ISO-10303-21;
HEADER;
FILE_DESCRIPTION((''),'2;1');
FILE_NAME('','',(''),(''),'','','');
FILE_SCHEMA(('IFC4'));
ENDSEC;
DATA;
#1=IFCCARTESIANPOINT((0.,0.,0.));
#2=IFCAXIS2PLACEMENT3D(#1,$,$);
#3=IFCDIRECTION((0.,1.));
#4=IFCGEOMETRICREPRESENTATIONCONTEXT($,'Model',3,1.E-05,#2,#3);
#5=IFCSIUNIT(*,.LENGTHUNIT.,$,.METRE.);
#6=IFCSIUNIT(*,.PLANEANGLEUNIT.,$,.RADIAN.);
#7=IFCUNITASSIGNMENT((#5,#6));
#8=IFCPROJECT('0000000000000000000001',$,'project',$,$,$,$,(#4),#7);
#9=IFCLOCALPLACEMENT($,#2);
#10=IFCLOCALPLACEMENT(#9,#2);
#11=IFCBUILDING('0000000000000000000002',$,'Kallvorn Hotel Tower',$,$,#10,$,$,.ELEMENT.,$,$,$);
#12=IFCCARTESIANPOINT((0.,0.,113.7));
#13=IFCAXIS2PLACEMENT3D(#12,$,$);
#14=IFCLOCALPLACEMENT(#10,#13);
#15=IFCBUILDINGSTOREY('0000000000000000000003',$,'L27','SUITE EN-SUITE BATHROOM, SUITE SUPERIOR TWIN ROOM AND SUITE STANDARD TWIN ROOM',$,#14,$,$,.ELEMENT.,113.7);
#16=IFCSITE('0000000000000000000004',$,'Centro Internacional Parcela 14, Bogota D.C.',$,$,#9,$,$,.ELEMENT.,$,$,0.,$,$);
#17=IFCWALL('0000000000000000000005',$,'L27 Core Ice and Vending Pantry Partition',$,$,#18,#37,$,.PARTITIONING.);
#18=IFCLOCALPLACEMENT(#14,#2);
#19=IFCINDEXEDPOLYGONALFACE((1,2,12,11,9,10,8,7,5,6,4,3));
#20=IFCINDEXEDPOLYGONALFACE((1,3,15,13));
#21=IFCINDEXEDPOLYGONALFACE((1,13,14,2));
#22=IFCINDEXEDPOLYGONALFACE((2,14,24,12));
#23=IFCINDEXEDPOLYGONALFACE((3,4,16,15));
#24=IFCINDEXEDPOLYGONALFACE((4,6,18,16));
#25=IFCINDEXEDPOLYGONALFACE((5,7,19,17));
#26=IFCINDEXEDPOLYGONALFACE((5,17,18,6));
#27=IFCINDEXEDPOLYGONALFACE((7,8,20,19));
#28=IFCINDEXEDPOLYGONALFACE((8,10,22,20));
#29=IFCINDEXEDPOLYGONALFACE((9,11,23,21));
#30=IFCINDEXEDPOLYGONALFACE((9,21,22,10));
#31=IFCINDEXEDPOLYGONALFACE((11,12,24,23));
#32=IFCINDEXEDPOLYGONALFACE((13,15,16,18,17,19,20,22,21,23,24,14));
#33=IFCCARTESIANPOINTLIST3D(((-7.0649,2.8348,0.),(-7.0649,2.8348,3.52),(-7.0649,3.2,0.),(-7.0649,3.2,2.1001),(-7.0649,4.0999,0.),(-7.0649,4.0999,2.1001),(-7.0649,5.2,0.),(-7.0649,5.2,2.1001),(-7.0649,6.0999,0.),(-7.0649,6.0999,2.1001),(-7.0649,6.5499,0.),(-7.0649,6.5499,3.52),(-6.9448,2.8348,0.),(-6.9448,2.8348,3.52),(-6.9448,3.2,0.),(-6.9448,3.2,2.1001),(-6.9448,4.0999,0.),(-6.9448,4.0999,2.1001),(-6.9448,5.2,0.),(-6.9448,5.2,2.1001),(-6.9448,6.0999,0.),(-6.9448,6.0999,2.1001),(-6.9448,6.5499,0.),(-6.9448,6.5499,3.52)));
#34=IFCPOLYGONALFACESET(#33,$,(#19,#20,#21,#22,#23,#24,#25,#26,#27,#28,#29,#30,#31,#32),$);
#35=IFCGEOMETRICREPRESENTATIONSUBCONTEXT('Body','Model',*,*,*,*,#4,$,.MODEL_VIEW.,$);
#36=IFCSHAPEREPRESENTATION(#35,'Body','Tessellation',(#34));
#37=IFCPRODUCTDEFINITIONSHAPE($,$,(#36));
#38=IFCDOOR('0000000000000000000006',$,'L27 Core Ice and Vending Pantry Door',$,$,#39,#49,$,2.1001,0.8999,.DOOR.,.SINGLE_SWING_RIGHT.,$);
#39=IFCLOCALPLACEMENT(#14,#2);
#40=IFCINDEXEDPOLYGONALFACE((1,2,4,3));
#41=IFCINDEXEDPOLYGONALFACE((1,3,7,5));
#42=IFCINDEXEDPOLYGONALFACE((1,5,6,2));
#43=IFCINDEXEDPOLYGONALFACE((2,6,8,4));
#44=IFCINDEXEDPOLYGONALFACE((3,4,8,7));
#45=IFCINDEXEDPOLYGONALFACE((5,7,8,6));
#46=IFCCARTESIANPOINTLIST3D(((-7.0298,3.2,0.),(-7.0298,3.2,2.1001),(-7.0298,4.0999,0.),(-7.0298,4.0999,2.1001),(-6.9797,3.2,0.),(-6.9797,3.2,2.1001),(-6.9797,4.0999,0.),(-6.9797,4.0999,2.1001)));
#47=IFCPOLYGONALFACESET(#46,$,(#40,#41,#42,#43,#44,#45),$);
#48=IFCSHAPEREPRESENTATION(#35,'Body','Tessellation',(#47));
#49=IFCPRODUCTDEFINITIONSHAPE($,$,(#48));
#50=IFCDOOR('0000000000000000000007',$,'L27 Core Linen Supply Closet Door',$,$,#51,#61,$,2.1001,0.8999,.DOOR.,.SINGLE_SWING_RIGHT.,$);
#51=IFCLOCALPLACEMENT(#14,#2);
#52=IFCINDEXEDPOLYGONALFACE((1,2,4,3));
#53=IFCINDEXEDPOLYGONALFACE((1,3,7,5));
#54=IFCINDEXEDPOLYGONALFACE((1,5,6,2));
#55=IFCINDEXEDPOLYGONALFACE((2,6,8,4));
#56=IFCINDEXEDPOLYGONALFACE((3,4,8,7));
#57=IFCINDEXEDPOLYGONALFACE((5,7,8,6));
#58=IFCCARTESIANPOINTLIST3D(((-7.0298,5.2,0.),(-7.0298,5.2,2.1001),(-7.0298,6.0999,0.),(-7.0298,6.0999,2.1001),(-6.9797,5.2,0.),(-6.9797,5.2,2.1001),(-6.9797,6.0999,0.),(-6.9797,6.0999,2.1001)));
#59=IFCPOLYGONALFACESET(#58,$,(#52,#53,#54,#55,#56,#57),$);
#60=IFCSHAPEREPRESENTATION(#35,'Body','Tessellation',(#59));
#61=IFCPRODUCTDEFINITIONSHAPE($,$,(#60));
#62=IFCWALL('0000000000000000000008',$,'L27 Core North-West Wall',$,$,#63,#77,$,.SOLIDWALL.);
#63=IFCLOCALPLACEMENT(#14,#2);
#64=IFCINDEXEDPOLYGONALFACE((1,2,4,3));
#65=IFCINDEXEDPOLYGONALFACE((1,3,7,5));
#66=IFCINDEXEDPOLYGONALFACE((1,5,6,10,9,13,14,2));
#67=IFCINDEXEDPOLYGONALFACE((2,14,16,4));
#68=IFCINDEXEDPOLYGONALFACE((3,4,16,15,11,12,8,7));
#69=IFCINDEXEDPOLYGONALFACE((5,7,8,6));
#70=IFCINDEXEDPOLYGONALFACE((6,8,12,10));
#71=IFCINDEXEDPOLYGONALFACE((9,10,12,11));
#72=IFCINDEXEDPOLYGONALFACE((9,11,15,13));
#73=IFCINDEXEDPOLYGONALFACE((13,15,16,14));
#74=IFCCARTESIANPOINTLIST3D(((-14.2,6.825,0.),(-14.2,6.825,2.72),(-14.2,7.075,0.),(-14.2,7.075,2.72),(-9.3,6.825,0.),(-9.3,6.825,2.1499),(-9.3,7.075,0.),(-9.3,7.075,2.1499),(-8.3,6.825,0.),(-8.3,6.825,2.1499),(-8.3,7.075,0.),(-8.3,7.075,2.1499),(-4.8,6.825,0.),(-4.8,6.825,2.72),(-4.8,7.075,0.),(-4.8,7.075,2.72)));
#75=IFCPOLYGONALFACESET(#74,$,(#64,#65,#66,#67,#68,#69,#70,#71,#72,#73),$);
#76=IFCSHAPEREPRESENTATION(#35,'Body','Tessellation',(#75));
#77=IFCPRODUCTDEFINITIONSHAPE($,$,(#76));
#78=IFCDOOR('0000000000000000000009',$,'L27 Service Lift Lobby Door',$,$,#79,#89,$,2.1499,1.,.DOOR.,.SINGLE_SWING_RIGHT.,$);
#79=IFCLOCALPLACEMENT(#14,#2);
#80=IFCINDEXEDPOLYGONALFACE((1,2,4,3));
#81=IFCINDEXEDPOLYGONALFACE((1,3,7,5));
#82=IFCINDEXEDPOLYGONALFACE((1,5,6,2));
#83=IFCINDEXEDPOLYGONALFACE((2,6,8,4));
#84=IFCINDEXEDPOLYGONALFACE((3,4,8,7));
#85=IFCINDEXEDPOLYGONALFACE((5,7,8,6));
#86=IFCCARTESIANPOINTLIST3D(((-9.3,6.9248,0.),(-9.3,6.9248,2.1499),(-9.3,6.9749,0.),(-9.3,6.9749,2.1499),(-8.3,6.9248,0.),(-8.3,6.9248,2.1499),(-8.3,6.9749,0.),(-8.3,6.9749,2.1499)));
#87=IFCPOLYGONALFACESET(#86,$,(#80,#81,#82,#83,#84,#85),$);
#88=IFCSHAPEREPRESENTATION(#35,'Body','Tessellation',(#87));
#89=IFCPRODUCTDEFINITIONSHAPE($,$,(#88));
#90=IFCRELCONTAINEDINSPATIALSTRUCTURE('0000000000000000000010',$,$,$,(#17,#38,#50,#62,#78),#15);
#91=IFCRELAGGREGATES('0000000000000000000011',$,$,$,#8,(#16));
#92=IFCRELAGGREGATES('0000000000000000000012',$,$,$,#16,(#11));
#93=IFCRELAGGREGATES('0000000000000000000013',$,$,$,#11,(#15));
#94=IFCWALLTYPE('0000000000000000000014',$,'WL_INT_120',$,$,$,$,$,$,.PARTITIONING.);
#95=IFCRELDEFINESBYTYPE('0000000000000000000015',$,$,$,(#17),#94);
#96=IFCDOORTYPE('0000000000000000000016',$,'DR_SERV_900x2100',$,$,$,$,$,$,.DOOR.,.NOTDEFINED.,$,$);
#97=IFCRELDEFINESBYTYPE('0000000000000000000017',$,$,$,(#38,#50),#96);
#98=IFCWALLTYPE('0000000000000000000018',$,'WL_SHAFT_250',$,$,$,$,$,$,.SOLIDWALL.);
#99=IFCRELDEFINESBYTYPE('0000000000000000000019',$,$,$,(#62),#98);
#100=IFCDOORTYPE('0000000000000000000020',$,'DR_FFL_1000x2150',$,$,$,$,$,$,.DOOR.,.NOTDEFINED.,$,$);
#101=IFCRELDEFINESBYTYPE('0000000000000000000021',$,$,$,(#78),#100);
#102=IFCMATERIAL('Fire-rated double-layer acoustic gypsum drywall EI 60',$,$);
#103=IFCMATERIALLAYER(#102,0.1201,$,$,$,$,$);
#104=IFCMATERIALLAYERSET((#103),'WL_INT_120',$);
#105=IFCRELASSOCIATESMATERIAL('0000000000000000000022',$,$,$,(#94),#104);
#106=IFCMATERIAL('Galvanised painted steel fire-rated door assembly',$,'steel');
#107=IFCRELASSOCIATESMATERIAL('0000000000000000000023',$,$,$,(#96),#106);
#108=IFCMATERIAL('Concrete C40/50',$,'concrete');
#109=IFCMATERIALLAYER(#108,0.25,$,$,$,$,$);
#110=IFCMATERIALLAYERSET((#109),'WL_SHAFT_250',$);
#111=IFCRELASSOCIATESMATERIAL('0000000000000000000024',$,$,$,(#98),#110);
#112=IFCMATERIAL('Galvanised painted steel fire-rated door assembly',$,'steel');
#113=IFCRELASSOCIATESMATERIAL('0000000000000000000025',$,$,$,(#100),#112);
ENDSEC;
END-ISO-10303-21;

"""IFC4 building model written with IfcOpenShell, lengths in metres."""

from ifc_helpers import new_model, si_unit, direction, frame, frame_2d, origin, place, context, subcontext, project, spatial, rectangle, extrude, material, layer, layer_set, type_object, element, fill, save


model = new_model("IFC4")

# Units and contexts
model_context = context("Model", 3, precision=1e-05, world=origin(), true_north=direction((0.0, 1.0)))
body_context = subcontext(model_context, "Body", "Model", "MODEL_VIEW")
ifc_project = project(units=[si_unit("LENGTHUNIT", "METRE"), si_unit("PLANEANGLEUNIT", "RADIAN")], contexts=[model_context])

# Site, building, storey
site_placement = place(None, origin())
site = spatial("IfcSite", under=ifc_project, at=site_placement, Name="Centro Internacional Parcela 14, Bogota D.C.", CompositionType="ELEMENT", RefElevation=0.0)
building_placement = place(site_placement, origin())
building = spatial("IfcBuilding", under=site, at=building_placement, Name="Kallvorn Hotel Tower", CompositionType="ELEMENT")
storey_placement = place(building_placement, frame((0.0, 0.0, 113.7)))
storey = spatial("IfcBuildingStorey", under=building, at=storey_placement, Name="L27", Description="SUITE EN-SUITE BATHROOM, SUITE SUPERIOR TWIN ROOM AND SUITE STANDARD TWIN ROOM", CompositionType="ELEMENT", Elevation=113.7)

# Shared definitions
ifc_material_1 = material(Name="Fire-rated double-layer acoustic gypsum drywall EI 60")
ifc_layer_1 = layer(ifc_material_1, 0.1201)
ifc_layer_set_1 = layer_set([ifc_layer_1], Name="WL_INT_120")
wall_type_1 = type_object("IfcWallType", Name="WL_INT_120", PredefinedType="PARTITIONING", material=ifc_layer_set_1)

# Wall, openings, doors
wall_1_placement = place(storey_placement, frame((-7.0049, 2.835, 0.0), z_axis=(0.0, 0.0, 1.0), x_axis=(0.0, 1.0, 0.0)))
wall_1 = element("IfcWall", 1, at=wall_1_placement, inside=storey, type_object=wall_type_1, Name="L27 Core Ice and Vending Pantry Partition", PredefinedType="PARTITIONING", context=body_context, shape_type="SweptSolid", body=[
    extrude(rectangle(XDim=3.7151, YDim=0.1201, at=frame_2d((1.8574, 0.0))), origin(), (0.0, 0.0, 1.0), 3.52),
])
opening_1_placement = place(wall_1_placement, frame((0.365, 0.0, 0.0)))
opening_1 = element("IfcOpeningElement", 2, at=opening_1_placement, cuts=wall_1, PredefinedType="OPENING", context=body_context, shape_type="SweptSolid", body=[
    extrude(rectangle(XDim=0.8999, YDim=2.1001, at=frame_2d((0.45, 1.05))), frame((0.0, 0.075, 0.0), z_axis=(0.0, -1.0, 0.0), x_axis=(1.0, 0.0, 0.0)), (0.0, 0.0, 1.0), 0.1501),
])
opening_2_placement = place(wall_1_placement, frame((2.365, 0.0, 0.0)))
opening_2 = element("IfcOpeningElement", 3, at=opening_2_placement, cuts=wall_1, PredefinedType="OPENING", context=body_context, shape_type="SweptSolid", body=[
    extrude(rectangle(XDim=0.8999, YDim=2.1001, at=frame_2d((0.45, 1.05))), frame((0.0, 0.075, 0.0), z_axis=(0.0, -1.0, 0.0), x_axis=(1.0, 0.0, 0.0)), (0.0, 0.0, 1.0), 0.1501),
])
ifc_material_2 = material(Name="Galvanised painted steel fire-rated door assembly", Category="steel")
door_type_1 = type_object("IfcDoorType", Name="DR_SERV_900x2100", OperationType="NOTDEFINED", PredefinedType="DOOR", material=ifc_material_2)
door_1_placement = place(opening_1_placement, origin())
door_1 = element("IfcDoor", 4, at=door_1_placement, inside=storey, type_object=door_type_1, Name="L27 Core Ice and Vending Pantry Door", OperationType="SINGLE_SWING_RIGHT", OverallHeight=2.1001, OverallWidth=0.8999, PredefinedType="DOOR", context=body_context, shape_type="SweptSolid", body=[
    extrude(rectangle(XDim=0.8999, YDim=2.1001, at=frame_2d((0.45, 1.05))), frame((0.0, 0.0249, 0.0), z_axis=(0.0, -1.0, 0.0), x_axis=(1.0, 0.0, 0.0)), (0.0, 0.0, 1.0), 0.05),
])
fill(opening_1, door_1)
door_2_placement = place(opening_2_placement, origin())
door_2 = element("IfcDoor", 5, at=door_2_placement, inside=storey, type_object=door_type_1, Name="L27 Core Linen Supply Closet Door", OperationType="SINGLE_SWING_RIGHT", OverallHeight=2.1001, OverallWidth=0.8999, PredefinedType="DOOR", context=body_context, shape_type="SweptSolid", body=[
    extrude(rectangle(XDim=0.8999, YDim=2.1001, at=frame_2d((0.45, 1.05))), frame((0.0, 0.0249, 0.0), z_axis=(0.0, -1.0, 0.0), x_axis=(1.0, 0.0, 0.0)), (0.0, 0.0, 1.0), 0.05),
])
fill(opening_2, door_2)

# Wall, opening, door
ifc_material_3 = material(Name="Concrete C40/50", Category="concrete")
ifc_layer_2 = layer(ifc_material_3, 0.25)
ifc_layer_set_2 = layer_set([ifc_layer_2], Name="WL_SHAFT_250")
wall_type_2 = type_object("IfcWallType", Name="WL_SHAFT_250", PredefinedType="SOLIDWALL", material=ifc_layer_set_2)
wall_2_placement = place(storey_placement, frame((-14.2, 6.95, 0.0), z_axis=(0.0, 0.0, 1.0), x_axis=(1.0, 0.0, 0.0)))
wall_2 = element("IfcWall", 6, at=wall_2_placement, inside=storey, type_object=wall_type_2, Name="L27 Core North-West Wall", PredefinedType="SOLIDWALL", context=body_context, shape_type="SweptSolid", body=[
    extrude(rectangle(XDim=9.3999, YDim=0.25, at=frame_2d((4.7, 0.0))), origin(), (0.0, 0.0, 1.0), 2.72),
])
opening_3_placement = place(wall_2_placement, frame((4.8999, 0.0, 0.0)))
opening_3 = element("IfcOpeningElement", 7, at=opening_3_placement, cuts=wall_2, PredefinedType="OPENING", context=body_context, shape_type="SweptSolid", body=[
    extrude(rectangle(XDim=1.0, YDim=2.1499, at=frame_2d((0.5, 1.075))), frame((0.0, 0.1399, 0.0), z_axis=(0.0, -1.0, 0.0), x_axis=(1.0, 0.0, 0.0)), (0.0, 0.0, 1.0), 0.28),
])
ifc_material_4 = material(Name="Galvanised painted steel fire-rated door assembly", Category="steel")
door_type_2 = type_object("IfcDoorType", Name="DR_FFL_1000x2150", OperationType="NOTDEFINED", PredefinedType="DOOR", material=ifc_material_4)
door_3_placement = place(opening_3_placement, origin())
door_3 = element("IfcDoor", 8, at=door_3_placement, inside=storey, type_object=door_type_2, Name="L27 Service Lift Lobby Door", OperationType="SINGLE_SWING_RIGHT", OverallHeight=2.1499, OverallWidth=1.0, PredefinedType="DOOR", context=body_context, shape_type="SweptSolid", body=[
    extrude(rectangle(XDim=1.0, YDim=2.1499, at=frame_2d((0.5, 1.075))), frame((0.0, 0.0249, 0.0), z_axis=(0.0, -1.0, 0.0), x_axis=(1.0, 0.0, 0.0)), (0.0, 0.0, 1.0), 0.05),
])
fill(opening_3, door_3)

save(model, "model.ifc")
